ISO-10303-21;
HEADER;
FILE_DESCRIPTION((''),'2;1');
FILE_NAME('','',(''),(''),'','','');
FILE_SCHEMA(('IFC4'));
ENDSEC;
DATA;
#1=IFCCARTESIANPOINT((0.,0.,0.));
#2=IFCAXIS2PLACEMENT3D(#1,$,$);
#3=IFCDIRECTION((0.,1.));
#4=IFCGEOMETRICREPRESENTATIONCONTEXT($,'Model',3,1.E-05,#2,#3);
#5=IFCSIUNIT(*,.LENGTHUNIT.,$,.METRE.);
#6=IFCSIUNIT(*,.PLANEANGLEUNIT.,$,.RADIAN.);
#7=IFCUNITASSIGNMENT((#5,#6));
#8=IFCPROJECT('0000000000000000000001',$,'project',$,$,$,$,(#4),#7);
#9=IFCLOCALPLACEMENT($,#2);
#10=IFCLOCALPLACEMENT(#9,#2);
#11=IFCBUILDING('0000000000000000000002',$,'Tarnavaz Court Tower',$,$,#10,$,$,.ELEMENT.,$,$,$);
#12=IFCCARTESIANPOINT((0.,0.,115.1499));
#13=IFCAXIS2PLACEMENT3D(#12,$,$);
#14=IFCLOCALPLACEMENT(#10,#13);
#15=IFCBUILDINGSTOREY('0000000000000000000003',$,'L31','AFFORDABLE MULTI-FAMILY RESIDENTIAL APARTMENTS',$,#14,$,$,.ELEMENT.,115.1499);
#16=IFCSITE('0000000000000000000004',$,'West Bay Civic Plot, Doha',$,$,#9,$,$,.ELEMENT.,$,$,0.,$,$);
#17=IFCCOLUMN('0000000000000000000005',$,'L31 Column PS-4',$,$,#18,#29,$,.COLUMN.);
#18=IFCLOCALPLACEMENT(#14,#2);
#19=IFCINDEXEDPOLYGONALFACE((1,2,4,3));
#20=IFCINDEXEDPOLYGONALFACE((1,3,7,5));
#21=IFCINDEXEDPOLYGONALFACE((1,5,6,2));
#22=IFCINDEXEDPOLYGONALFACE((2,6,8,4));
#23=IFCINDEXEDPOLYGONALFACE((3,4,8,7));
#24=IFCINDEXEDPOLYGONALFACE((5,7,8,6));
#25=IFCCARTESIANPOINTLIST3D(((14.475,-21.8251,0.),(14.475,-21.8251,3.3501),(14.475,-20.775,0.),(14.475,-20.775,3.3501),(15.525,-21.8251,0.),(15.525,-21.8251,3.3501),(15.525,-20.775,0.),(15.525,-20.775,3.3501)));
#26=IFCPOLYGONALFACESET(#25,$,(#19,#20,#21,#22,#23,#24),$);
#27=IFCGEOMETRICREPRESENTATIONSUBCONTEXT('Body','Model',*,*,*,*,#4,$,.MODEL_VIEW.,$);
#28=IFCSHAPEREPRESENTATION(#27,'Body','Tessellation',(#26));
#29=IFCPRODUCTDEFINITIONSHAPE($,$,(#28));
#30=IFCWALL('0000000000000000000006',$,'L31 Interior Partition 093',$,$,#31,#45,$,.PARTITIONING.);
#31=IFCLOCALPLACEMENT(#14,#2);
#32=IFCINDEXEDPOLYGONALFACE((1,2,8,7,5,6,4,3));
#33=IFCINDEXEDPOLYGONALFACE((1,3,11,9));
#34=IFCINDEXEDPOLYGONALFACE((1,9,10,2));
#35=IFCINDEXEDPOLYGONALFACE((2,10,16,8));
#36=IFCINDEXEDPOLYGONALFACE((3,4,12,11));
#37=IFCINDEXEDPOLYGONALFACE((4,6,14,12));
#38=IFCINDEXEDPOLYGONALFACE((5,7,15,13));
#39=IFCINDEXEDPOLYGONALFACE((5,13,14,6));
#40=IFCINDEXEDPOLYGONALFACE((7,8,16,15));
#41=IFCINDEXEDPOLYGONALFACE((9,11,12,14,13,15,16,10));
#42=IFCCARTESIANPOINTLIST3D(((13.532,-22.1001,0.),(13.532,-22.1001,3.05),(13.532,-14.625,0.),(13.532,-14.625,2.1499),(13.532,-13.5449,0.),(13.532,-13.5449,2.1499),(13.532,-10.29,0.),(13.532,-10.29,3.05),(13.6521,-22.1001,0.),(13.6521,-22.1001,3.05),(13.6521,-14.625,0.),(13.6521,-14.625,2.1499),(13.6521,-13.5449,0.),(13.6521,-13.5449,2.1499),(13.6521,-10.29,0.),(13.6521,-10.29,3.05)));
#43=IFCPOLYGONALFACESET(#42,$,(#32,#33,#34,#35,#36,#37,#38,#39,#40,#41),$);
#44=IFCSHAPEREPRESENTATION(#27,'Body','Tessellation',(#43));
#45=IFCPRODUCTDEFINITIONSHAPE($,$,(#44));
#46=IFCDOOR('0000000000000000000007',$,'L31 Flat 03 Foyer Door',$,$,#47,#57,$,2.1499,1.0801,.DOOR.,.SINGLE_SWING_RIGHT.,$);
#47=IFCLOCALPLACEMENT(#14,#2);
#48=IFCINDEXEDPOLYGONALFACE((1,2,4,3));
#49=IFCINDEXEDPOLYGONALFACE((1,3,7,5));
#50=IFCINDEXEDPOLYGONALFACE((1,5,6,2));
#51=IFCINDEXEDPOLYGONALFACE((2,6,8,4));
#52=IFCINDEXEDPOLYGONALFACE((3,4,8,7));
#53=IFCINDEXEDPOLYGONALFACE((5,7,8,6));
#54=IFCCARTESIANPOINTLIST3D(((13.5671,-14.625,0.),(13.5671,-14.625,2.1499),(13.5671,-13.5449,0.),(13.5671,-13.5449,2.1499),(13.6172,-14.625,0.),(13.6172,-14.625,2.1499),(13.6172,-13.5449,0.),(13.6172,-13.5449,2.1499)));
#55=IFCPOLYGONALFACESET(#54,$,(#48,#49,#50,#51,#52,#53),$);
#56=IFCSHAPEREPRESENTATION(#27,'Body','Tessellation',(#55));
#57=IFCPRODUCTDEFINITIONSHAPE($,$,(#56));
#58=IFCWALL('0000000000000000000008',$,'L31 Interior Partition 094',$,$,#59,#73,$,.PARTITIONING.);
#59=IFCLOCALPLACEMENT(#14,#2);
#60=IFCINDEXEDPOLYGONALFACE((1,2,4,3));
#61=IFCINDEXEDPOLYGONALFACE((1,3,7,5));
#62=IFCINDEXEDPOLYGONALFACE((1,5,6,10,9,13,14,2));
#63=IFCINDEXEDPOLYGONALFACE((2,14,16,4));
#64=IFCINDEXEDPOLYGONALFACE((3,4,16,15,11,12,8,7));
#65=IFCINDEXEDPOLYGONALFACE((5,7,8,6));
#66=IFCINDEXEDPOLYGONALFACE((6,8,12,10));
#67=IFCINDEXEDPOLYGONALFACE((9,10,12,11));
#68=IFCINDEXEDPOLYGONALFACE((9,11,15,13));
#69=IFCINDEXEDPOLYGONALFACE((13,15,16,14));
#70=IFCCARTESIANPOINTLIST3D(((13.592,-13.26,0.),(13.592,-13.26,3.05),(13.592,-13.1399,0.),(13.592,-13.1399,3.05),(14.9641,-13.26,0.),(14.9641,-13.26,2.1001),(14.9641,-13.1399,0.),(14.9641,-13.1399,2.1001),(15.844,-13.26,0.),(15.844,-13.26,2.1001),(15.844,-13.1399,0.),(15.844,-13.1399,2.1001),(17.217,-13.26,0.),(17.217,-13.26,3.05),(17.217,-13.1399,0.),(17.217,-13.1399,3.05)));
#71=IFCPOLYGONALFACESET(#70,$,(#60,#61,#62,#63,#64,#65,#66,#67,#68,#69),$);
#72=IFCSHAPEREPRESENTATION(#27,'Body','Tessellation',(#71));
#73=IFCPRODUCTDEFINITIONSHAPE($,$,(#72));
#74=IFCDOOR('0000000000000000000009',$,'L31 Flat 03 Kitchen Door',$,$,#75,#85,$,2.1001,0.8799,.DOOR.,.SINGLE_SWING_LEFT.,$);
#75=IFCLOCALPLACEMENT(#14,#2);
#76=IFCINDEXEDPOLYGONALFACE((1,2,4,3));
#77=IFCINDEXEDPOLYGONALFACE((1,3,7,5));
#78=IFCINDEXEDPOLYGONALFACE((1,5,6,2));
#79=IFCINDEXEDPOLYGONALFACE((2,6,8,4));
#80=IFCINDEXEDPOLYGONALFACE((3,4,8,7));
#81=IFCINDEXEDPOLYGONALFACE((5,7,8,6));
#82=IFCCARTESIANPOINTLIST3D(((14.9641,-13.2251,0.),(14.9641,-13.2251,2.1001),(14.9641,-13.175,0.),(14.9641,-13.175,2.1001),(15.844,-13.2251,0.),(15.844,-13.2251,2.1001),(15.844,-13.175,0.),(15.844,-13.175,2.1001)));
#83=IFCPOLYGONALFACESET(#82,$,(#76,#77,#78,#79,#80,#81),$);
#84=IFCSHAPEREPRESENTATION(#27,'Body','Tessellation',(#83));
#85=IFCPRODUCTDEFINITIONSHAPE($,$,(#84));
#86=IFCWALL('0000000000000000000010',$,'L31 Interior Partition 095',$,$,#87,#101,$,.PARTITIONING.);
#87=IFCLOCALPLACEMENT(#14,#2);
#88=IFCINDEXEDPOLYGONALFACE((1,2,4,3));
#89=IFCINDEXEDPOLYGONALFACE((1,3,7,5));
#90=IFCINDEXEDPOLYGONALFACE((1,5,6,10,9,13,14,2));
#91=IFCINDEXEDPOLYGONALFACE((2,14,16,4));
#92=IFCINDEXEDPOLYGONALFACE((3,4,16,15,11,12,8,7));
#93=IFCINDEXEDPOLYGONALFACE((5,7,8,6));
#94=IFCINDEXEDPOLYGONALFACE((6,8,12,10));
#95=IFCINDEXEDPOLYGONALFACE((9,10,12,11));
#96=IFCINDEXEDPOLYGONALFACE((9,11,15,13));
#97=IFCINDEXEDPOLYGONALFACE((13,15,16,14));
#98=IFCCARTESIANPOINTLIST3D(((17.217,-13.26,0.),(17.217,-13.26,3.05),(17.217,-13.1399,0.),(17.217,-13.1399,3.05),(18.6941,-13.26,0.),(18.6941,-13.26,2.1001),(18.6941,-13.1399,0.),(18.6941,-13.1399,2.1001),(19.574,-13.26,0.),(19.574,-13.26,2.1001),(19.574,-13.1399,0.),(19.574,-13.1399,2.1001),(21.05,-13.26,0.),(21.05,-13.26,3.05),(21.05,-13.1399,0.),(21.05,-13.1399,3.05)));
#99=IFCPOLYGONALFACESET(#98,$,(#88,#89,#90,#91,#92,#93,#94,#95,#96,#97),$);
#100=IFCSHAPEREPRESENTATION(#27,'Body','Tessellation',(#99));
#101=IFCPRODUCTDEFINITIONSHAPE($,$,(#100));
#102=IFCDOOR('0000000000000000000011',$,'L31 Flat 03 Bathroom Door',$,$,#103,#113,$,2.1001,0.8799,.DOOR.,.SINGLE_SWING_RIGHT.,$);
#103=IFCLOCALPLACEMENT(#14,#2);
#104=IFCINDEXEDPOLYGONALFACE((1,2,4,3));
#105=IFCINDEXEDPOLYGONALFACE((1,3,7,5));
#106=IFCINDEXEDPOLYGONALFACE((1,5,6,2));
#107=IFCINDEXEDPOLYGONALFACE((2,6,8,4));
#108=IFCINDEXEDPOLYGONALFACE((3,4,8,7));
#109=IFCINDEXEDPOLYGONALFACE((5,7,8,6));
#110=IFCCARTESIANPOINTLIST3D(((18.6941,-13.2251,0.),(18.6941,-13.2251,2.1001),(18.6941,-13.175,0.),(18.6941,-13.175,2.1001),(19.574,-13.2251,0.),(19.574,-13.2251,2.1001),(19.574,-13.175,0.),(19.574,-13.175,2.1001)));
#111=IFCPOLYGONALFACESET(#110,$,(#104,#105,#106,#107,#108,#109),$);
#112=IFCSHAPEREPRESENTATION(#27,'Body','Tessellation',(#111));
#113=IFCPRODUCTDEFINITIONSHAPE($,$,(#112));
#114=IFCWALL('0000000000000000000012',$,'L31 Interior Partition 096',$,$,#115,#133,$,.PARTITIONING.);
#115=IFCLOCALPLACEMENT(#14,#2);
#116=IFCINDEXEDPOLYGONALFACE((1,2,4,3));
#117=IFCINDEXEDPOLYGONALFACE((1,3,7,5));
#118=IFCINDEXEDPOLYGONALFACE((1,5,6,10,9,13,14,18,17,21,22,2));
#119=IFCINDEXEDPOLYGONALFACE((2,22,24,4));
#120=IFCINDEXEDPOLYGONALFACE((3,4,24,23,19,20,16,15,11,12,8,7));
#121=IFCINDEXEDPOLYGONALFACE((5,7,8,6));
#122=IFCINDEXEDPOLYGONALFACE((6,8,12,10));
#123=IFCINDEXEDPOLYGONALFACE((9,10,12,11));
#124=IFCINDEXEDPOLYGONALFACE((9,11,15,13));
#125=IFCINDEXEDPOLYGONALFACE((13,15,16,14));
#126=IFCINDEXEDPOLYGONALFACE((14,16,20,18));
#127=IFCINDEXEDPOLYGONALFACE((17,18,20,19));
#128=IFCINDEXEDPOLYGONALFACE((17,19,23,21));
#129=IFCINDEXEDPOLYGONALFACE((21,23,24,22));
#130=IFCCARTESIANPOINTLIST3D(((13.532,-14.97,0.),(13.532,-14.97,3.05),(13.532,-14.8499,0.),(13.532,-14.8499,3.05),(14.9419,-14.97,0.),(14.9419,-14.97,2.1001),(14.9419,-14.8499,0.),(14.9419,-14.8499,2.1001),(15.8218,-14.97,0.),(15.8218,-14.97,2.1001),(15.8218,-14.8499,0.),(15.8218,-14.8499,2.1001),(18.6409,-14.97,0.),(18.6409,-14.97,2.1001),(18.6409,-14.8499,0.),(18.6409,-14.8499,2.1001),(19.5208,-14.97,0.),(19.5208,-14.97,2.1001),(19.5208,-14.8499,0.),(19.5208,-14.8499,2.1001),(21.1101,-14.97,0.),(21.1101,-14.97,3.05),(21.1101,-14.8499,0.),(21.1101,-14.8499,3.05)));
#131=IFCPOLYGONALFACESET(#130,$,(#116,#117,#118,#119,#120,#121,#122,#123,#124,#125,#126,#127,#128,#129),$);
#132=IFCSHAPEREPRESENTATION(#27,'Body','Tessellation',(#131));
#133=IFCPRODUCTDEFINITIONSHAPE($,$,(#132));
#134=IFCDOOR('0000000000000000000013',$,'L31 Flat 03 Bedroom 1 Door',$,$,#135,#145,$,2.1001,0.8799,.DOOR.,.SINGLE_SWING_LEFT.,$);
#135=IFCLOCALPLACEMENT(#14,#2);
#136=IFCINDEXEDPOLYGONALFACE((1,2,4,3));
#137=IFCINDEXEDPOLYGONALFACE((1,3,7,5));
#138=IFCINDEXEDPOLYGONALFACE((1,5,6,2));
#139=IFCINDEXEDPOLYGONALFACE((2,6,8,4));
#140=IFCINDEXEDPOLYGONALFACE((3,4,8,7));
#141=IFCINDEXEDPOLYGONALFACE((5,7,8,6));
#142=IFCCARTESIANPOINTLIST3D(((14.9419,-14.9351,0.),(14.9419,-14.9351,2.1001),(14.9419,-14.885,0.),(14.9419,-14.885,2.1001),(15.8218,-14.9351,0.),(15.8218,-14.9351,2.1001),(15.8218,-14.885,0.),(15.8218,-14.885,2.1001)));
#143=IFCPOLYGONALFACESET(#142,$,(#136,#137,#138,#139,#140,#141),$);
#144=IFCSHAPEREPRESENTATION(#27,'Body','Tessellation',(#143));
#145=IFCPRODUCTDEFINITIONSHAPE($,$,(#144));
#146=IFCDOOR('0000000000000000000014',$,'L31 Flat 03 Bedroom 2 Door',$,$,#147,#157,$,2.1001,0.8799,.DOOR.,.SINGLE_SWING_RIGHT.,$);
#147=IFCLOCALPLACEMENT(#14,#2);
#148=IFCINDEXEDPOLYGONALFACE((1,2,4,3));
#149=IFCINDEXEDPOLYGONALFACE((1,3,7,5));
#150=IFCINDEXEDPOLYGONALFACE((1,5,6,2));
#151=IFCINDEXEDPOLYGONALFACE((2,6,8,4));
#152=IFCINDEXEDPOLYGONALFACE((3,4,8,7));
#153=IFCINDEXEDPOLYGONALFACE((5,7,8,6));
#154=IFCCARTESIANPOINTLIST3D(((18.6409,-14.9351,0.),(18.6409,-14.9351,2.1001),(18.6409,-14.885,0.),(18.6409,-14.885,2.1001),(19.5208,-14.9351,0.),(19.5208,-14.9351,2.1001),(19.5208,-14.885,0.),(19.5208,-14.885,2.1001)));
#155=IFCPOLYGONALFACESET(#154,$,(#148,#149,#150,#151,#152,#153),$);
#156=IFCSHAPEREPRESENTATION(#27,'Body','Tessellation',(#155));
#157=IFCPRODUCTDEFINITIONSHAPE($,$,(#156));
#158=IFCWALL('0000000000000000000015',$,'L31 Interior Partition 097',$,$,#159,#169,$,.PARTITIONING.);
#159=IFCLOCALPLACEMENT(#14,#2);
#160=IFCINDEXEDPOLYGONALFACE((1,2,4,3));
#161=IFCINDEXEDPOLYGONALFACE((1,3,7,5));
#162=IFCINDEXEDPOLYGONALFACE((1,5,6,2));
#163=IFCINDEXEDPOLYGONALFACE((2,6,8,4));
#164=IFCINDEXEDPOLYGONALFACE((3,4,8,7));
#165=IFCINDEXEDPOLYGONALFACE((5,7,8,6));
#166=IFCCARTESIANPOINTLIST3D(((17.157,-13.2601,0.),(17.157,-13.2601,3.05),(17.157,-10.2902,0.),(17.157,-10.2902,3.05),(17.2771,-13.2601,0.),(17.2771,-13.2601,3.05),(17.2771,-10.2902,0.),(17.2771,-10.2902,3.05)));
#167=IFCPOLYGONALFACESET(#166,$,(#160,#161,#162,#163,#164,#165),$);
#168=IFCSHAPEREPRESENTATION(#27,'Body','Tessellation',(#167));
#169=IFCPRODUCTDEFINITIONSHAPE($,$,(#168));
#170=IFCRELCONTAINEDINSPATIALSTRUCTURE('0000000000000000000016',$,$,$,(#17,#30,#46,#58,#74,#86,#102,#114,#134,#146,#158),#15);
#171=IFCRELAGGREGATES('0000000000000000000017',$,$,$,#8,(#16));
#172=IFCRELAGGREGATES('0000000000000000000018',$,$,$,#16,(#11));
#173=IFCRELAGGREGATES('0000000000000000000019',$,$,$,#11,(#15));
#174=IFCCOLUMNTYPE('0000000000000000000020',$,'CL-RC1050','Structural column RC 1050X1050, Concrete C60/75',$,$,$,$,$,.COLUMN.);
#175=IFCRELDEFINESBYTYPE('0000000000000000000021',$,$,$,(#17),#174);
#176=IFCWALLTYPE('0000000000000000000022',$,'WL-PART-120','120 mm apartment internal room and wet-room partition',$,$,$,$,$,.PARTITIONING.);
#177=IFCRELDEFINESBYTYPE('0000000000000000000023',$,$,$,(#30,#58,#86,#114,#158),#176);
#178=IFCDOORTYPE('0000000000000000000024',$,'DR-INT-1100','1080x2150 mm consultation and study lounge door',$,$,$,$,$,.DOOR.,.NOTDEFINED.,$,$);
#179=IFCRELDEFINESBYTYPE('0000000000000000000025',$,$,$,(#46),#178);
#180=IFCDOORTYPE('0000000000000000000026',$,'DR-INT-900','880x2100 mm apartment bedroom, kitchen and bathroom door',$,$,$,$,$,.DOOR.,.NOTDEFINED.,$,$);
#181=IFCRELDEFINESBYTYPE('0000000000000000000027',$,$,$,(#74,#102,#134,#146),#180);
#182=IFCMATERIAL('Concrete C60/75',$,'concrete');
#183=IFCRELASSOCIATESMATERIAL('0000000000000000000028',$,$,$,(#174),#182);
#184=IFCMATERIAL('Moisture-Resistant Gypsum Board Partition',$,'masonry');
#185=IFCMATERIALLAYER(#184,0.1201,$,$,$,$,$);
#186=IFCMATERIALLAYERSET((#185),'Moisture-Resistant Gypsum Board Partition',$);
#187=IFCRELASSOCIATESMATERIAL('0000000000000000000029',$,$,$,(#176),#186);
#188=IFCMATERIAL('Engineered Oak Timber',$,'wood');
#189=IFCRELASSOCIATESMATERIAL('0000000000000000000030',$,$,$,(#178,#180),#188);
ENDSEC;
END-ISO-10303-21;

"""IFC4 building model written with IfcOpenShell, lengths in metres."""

from ifc_helpers import new_model, si_unit, direction, frame, frame_2d, origin, origin_2d, place, context, subcontext, project, spatial, rectangle, extrude, material, layer, layer_set, material_profile, profile_set, type_object, element, fill, save


model = new_model("IFC4")

# Units and contexts
model_context = context("Model", 3, precision=1e-05, world=origin(), true_north=direction((0.0, 1.0)))
body_context = subcontext(model_context, "Body", "Model", "MODEL_VIEW")
ifc_project = project(units=[si_unit("LENGTHUNIT", "METRE"), si_unit("PLANEANGLEUNIT", "RADIAN")], contexts=[model_context])

# Site, building, storey
site_placement = place(None, origin())
site = spatial("IfcSite", under=ifc_project, at=site_placement, Name="West Bay Civic Plot, Doha", CompositionType="ELEMENT", RefElevation=0.0)
building_placement = place(site_placement, origin())
building = spatial("IfcBuilding", under=site, at=building_placement, Name="Tarnavaz Court Tower", CompositionType="ELEMENT")
storey_placement = place(building_placement, frame((0.0, 0.0, 115.1499)))
storey = spatial("IfcBuildingStorey", under=building, at=storey_placement, Name="L31", Description="AFFORDABLE MULTI-FAMILY RESIDENTIAL APARTMENTS", CompositionType="ELEMENT", Elevation=115.1499)

# Column
ifc_material_1 = material(Name="Concrete C60/75", Category="concrete")
ifc_material_profile_1 = material_profile(ifc_material_1, rectangle(XDim=1.05, YDim=1.05, at=origin_2d()), Name="RC 1050X1050")
ifc_profile_set_1 = profile_set([ifc_material_profile_1], Name="Concrete C60/75")
column_type = type_object("IfcColumnType", Name="CL-RC1050", Description="Structural column RC 1050X1050, Concrete C60/75", PredefinedType="COLUMN", material=ifc_profile_set_1)
column_placement = place(storey_placement, frame((15.0, -21.3, 0.0), z_axis=(0.0, 0.0, 1.0), x_axis=(1.0, 0.0, 0.0)))
element("IfcColumn", 1, at=column_placement, inside=storey, type_object=column_type, Name="L31 Column PS-4", PredefinedType="COLUMN", context=body_context, shape_type="SweptSolid", body=[
    extrude(rectangle(XDim=1.05, YDim=1.05, at=origin_2d()), origin(), (0.0, 0.0, 1.0), 3.3501),
])

# Walls, openings, doors
ifc_material_2 = material(Name="Moisture-Resistant Gypsum Board Partition", Category="masonry")
ifc_layer_1 = layer(ifc_material_2, 0.1201)
ifc_layer_set_1 = layer_set([ifc_layer_1], Name="Moisture-Resistant Gypsum Board Partition")
wall_type_1 = type_object("IfcWallType", Name="WL-PART-120", Description="120 mm apartment internal room and wet-room partition", PredefinedType="PARTITIONING", material=ifc_layer_set_1)
wall_1_placement = place(storey_placement, frame((13.592, -22.1001, 0.0), z_axis=(0.0, 0.0, 1.0), x_axis=(0.0, 1.0, 0.0)))
wall_1 = element("IfcWall", 2, at=wall_1_placement, inside=storey, type_object=wall_type_1, Name="L31 Interior Partition 093", PredefinedType="PARTITIONING", context=body_context, shape_type="SweptSolid", body=[
    extrude(rectangle(XDim=11.8101, YDim=0.1201, at=frame_2d((5.905, 0.0))), origin(), (0.0, 0.0, 1.0), 3.05),
])
opening_1_placement = place(wall_1_placement, frame((7.4751, 0.0, 0.0)))
opening_1 = element("IfcOpeningElement", 3, at=opening_1_placement, cuts=wall_1, PredefinedType="OPENING", context=body_context, shape_type="SweptSolid", body=[
    extrude(rectangle(XDim=1.0801, YDim=2.1499, at=frame_2d((0.54, 1.075))), frame((0.0, 0.0701, 0.0), z_axis=(0.0, -1.0, 0.0), x_axis=(1.0, 0.0, 0.0)), (0.0, 0.0, 1.0), 0.1401),
])
ifc_material_3 = material(Name="Engineered Oak Timber", Category="wood")
door_type_1 = type_object("IfcDoorType", Name="DR-INT-1100", Description="1080x2150 mm consultation and study lounge door", OperationType="NOTDEFINED", PredefinedType="DOOR", material=ifc_material_3)
door_1_placement = place(opening_1_placement, origin())
door_1 = element("IfcDoor", 4, at=door_1_placement, inside=storey, type_object=door_type_1, Name="L31 Flat 03 Foyer Door", OperationType="SINGLE_SWING_RIGHT", OverallHeight=2.1499, OverallWidth=1.0801, PredefinedType="DOOR", context=body_context, shape_type="SweptSolid", body=[
    extrude(rectangle(XDim=1.0801, YDim=2.1499, at=frame_2d((0.54, 1.075))), frame((0.0, 0.0249, 0.0), z_axis=(0.0, -1.0, 0.0), x_axis=(1.0, 0.0, 0.0)), (0.0, 0.0, 1.0), 0.05),
])
fill(opening_1, door_1)
wall_2_placement = place(storey_placement, frame((13.592, -13.2, 0.0), z_axis=(0.0, 0.0, 1.0), x_axis=(1.0, 0.0, 0.0)))
wall_2 = element("IfcWall", 5, at=wall_2_placement, inside=storey, type_object=wall_type_1, Name="L31 Interior Partition 094", PredefinedType="PARTITIONING", context=body_context, shape_type="SweptSolid", body=[
    extrude(rectangle(XDim=3.625, YDim=0.1201, at=frame_2d((1.8125, 0.0))), origin(), (0.0, 0.0, 1.0), 3.05),
])
opening_2_placement = place(wall_2_placement, frame((1.3721, 0.0, 0.0)))
opening_2 = element("IfcOpeningElement", 6, at=opening_2_placement, cuts=wall_2, PredefinedType="OPENING", context=body_context, shape_type="SweptSolid", body=[
    extrude(rectangle(XDim=0.8799, YDim=2.1001, at=frame_2d((0.4399, 1.05))), frame((0.0, 0.0701, 0.0), z_axis=(0.0, -1.0, 0.0), x_axis=(1.0, 0.0, 0.0)), (0.0, 0.0, 1.0), 0.1401),
])
door_type_2 = type_object("IfcDoorType", Name="DR-INT-900", Description="880x2100 mm apartment bedroom, kitchen and bathroom door", OperationType="NOTDEFINED", PredefinedType="DOOR", material=ifc_material_3)
door_2_placement = place(opening_2_placement, origin())
door_2 = element("IfcDoor", 7, at=door_2_placement, inside=storey, type_object=door_type_2, Name="L31 Flat 03 Kitchen Door", OperationType="SINGLE_SWING_LEFT", OverallHeight=2.1001, OverallWidth=0.8799, PredefinedType="DOOR", context=body_context, shape_type="SweptSolid", body=[
    extrude(rectangle(XDim=0.8799, YDim=2.1001, at=frame_2d((0.4399, 1.05))), frame((0.0, 0.0249, 0.0), z_axis=(0.0, -1.0, 0.0), x_axis=(1.0, 0.0, 0.0)), (0.0, 0.0, 1.0), 0.05),
])
fill(opening_2, door_2)
wall_3_placement = place(storey_placement, frame((17.217, -13.2, 0.0), z_axis=(0.0, 0.0, 1.0), x_axis=(1.0, 0.0, 0.0)))
wall_3 = element("IfcWall", 8, at=wall_3_placement, inside=storey, type_object=wall_type_1, Name="L31 Interior Partition 095", PredefinedType="PARTITIONING", context=body_context, shape_type="SweptSolid", body=[
    extrude(rectangle(XDim=3.833, YDim=0.1201, at=frame_2d((1.9165, 0.0))), origin(), (0.0, 0.0, 1.0), 3.05),
])
opening_3_placement = place(wall_3_placement, frame((1.4771, 0.0, 0.0)))
opening_3 = element("IfcOpeningElement", 9, at=opening_3_placement, cuts=wall_3, PredefinedType="OPENING", context=body_context, shape_type="SweptSolid", body=[
    extrude(rectangle(XDim=0.8799, YDim=2.1001, at=frame_2d((0.4399, 1.05))), frame((0.0, 0.0701, 0.0), z_axis=(0.0, -1.0, 0.0), x_axis=(1.0, 0.0, 0.0)), (0.0, 0.0, 1.0), 0.1401),
])
door_3_placement = place(opening_3_placement, origin())
door_3 = element("IfcDoor", 10, at=door_3_placement, inside=storey, type_object=door_type_2, Name="L31 Flat 03 Bathroom Door", OperationType="SINGLE_SWING_RIGHT", OverallHeight=2.1001, OverallWidth=0.8799, PredefinedType="DOOR", context=body_context, shape_type="SweptSolid", body=[
    extrude(rectangle(XDim=0.8799, YDim=2.1001, at=frame_2d((0.4399, 1.05))), frame((0.0, 0.0249, 0.0), z_axis=(0.0, -1.0, 0.0), x_axis=(1.0, 0.0, 0.0)), (0.0, 0.0, 1.0), 0.05),
])
fill(opening_3, door_3)

# Wall, openings, doors
wall_4_placement = place(storey_placement, frame((13.532, -14.9099, 0.0), z_axis=(0.0, 0.0, 1.0), x_axis=(1.0, 0.0, 0.0)))
wall_4 = element("IfcWall", 11, at=wall_4_placement, inside=storey, type_object=wall_type_1, Name="L31 Interior Partition 096", PredefinedType="PARTITIONING", context=body_context, shape_type="SweptSolid", body=[
    extrude(rectangle(XDim=7.5781, YDim=0.1201, at=frame_2d((3.7891, 0.0))), origin(), (0.0, 0.0, 1.0), 3.05),
])
opening_4_placement = place(wall_4_placement, frame((1.4099, 0.0, 0.0)))
opening_4 = element("IfcOpeningElement", 12, at=opening_4_placement, cuts=wall_4, PredefinedType="OPENING", context=body_context, shape_type="SweptSolid", body=[
    extrude(rectangle(XDim=0.8799, YDim=2.1001, at=frame_2d((0.4399, 1.05))), frame((0.0, 0.0701, 0.0), z_axis=(0.0, -1.0, 0.0), x_axis=(1.0, 0.0, 0.0)), (0.0, 0.0, 1.0), 0.1401),
])
opening_5_placement = place(wall_4_placement, frame((5.1089, 0.0, 0.0)))
opening_5 = element("IfcOpeningElement", 13, at=opening_5_placement, cuts=wall_4, PredefinedType="OPENING", context=body_context, shape_type="SweptSolid", body=[
    extrude(rectangle(XDim=0.8799, YDim=2.1001, at=frame_2d((0.4399, 1.05))), frame((0.0, 0.0701, 0.0), z_axis=(0.0, -1.0, 0.0), x_axis=(1.0, 0.0, 0.0)), (0.0, 0.0, 1.0), 0.1401),
])
door_4_placement = place(opening_4_placement, origin())
door_4 = element("IfcDoor", 14, at=door_4_placement, inside=storey, type_object=door_type_2, Name="L31 Flat 03 Bedroom 1 Door", OperationType="SINGLE_SWING_LEFT", OverallHeight=2.1001, OverallWidth=0.8799, PredefinedType="DOOR", context=body_context, shape_type="SweptSolid", body=[
    extrude(rectangle(XDim=0.8799, YDim=2.1001, at=frame_2d((0.4399, 1.05))), frame((0.0, 0.0249, 0.0), z_axis=(0.0, -1.0, 0.0), x_axis=(1.0, 0.0, 0.0)), (0.0, 0.0, 1.0), 0.05),
])
fill(opening_4, door_4)
door_5_placement = place(opening_5_placement, origin())
door_5 = element("IfcDoor", 15, at=door_5_placement, inside=storey, type_object=door_type_2, Name="L31 Flat 03 Bedroom 2 Door", OperationType="SINGLE_SWING_RIGHT", OverallHeight=2.1001, OverallWidth=0.8799, PredefinedType="DOOR", context=body_context, shape_type="SweptSolid", body=[
    extrude(rectangle(XDim=0.8799, YDim=2.1001, at=frame_2d((0.4399, 1.05))), frame((0.0, 0.0249, 0.0), z_axis=(0.0, -1.0, 0.0), x_axis=(1.0, 0.0, 0.0)), (0.0, 0.0, 1.0), 0.05),
])
fill(opening_5, door_5)

# Wall
wall_5_placement = place(storey_placement, frame((17.217, -13.26, 0.0), z_axis=(0.0, 0.0, 1.0), x_axis=(0.0, 1.0, 0.0)))
element("IfcWall", 16, at=wall_5_placement, inside=storey, type_object=wall_type_1, Name="L31 Interior Partition 097", PredefinedType="PARTITIONING", context=body_context, shape_type="SweptSolid", body=[
    extrude(rectangle(XDim=2.97, YDim=0.1201, at=frame_2d((1.4849, 0.0))), origin(), (0.0, 0.0, 1.0), 3.05),
])

save(model, "model.ifc")
